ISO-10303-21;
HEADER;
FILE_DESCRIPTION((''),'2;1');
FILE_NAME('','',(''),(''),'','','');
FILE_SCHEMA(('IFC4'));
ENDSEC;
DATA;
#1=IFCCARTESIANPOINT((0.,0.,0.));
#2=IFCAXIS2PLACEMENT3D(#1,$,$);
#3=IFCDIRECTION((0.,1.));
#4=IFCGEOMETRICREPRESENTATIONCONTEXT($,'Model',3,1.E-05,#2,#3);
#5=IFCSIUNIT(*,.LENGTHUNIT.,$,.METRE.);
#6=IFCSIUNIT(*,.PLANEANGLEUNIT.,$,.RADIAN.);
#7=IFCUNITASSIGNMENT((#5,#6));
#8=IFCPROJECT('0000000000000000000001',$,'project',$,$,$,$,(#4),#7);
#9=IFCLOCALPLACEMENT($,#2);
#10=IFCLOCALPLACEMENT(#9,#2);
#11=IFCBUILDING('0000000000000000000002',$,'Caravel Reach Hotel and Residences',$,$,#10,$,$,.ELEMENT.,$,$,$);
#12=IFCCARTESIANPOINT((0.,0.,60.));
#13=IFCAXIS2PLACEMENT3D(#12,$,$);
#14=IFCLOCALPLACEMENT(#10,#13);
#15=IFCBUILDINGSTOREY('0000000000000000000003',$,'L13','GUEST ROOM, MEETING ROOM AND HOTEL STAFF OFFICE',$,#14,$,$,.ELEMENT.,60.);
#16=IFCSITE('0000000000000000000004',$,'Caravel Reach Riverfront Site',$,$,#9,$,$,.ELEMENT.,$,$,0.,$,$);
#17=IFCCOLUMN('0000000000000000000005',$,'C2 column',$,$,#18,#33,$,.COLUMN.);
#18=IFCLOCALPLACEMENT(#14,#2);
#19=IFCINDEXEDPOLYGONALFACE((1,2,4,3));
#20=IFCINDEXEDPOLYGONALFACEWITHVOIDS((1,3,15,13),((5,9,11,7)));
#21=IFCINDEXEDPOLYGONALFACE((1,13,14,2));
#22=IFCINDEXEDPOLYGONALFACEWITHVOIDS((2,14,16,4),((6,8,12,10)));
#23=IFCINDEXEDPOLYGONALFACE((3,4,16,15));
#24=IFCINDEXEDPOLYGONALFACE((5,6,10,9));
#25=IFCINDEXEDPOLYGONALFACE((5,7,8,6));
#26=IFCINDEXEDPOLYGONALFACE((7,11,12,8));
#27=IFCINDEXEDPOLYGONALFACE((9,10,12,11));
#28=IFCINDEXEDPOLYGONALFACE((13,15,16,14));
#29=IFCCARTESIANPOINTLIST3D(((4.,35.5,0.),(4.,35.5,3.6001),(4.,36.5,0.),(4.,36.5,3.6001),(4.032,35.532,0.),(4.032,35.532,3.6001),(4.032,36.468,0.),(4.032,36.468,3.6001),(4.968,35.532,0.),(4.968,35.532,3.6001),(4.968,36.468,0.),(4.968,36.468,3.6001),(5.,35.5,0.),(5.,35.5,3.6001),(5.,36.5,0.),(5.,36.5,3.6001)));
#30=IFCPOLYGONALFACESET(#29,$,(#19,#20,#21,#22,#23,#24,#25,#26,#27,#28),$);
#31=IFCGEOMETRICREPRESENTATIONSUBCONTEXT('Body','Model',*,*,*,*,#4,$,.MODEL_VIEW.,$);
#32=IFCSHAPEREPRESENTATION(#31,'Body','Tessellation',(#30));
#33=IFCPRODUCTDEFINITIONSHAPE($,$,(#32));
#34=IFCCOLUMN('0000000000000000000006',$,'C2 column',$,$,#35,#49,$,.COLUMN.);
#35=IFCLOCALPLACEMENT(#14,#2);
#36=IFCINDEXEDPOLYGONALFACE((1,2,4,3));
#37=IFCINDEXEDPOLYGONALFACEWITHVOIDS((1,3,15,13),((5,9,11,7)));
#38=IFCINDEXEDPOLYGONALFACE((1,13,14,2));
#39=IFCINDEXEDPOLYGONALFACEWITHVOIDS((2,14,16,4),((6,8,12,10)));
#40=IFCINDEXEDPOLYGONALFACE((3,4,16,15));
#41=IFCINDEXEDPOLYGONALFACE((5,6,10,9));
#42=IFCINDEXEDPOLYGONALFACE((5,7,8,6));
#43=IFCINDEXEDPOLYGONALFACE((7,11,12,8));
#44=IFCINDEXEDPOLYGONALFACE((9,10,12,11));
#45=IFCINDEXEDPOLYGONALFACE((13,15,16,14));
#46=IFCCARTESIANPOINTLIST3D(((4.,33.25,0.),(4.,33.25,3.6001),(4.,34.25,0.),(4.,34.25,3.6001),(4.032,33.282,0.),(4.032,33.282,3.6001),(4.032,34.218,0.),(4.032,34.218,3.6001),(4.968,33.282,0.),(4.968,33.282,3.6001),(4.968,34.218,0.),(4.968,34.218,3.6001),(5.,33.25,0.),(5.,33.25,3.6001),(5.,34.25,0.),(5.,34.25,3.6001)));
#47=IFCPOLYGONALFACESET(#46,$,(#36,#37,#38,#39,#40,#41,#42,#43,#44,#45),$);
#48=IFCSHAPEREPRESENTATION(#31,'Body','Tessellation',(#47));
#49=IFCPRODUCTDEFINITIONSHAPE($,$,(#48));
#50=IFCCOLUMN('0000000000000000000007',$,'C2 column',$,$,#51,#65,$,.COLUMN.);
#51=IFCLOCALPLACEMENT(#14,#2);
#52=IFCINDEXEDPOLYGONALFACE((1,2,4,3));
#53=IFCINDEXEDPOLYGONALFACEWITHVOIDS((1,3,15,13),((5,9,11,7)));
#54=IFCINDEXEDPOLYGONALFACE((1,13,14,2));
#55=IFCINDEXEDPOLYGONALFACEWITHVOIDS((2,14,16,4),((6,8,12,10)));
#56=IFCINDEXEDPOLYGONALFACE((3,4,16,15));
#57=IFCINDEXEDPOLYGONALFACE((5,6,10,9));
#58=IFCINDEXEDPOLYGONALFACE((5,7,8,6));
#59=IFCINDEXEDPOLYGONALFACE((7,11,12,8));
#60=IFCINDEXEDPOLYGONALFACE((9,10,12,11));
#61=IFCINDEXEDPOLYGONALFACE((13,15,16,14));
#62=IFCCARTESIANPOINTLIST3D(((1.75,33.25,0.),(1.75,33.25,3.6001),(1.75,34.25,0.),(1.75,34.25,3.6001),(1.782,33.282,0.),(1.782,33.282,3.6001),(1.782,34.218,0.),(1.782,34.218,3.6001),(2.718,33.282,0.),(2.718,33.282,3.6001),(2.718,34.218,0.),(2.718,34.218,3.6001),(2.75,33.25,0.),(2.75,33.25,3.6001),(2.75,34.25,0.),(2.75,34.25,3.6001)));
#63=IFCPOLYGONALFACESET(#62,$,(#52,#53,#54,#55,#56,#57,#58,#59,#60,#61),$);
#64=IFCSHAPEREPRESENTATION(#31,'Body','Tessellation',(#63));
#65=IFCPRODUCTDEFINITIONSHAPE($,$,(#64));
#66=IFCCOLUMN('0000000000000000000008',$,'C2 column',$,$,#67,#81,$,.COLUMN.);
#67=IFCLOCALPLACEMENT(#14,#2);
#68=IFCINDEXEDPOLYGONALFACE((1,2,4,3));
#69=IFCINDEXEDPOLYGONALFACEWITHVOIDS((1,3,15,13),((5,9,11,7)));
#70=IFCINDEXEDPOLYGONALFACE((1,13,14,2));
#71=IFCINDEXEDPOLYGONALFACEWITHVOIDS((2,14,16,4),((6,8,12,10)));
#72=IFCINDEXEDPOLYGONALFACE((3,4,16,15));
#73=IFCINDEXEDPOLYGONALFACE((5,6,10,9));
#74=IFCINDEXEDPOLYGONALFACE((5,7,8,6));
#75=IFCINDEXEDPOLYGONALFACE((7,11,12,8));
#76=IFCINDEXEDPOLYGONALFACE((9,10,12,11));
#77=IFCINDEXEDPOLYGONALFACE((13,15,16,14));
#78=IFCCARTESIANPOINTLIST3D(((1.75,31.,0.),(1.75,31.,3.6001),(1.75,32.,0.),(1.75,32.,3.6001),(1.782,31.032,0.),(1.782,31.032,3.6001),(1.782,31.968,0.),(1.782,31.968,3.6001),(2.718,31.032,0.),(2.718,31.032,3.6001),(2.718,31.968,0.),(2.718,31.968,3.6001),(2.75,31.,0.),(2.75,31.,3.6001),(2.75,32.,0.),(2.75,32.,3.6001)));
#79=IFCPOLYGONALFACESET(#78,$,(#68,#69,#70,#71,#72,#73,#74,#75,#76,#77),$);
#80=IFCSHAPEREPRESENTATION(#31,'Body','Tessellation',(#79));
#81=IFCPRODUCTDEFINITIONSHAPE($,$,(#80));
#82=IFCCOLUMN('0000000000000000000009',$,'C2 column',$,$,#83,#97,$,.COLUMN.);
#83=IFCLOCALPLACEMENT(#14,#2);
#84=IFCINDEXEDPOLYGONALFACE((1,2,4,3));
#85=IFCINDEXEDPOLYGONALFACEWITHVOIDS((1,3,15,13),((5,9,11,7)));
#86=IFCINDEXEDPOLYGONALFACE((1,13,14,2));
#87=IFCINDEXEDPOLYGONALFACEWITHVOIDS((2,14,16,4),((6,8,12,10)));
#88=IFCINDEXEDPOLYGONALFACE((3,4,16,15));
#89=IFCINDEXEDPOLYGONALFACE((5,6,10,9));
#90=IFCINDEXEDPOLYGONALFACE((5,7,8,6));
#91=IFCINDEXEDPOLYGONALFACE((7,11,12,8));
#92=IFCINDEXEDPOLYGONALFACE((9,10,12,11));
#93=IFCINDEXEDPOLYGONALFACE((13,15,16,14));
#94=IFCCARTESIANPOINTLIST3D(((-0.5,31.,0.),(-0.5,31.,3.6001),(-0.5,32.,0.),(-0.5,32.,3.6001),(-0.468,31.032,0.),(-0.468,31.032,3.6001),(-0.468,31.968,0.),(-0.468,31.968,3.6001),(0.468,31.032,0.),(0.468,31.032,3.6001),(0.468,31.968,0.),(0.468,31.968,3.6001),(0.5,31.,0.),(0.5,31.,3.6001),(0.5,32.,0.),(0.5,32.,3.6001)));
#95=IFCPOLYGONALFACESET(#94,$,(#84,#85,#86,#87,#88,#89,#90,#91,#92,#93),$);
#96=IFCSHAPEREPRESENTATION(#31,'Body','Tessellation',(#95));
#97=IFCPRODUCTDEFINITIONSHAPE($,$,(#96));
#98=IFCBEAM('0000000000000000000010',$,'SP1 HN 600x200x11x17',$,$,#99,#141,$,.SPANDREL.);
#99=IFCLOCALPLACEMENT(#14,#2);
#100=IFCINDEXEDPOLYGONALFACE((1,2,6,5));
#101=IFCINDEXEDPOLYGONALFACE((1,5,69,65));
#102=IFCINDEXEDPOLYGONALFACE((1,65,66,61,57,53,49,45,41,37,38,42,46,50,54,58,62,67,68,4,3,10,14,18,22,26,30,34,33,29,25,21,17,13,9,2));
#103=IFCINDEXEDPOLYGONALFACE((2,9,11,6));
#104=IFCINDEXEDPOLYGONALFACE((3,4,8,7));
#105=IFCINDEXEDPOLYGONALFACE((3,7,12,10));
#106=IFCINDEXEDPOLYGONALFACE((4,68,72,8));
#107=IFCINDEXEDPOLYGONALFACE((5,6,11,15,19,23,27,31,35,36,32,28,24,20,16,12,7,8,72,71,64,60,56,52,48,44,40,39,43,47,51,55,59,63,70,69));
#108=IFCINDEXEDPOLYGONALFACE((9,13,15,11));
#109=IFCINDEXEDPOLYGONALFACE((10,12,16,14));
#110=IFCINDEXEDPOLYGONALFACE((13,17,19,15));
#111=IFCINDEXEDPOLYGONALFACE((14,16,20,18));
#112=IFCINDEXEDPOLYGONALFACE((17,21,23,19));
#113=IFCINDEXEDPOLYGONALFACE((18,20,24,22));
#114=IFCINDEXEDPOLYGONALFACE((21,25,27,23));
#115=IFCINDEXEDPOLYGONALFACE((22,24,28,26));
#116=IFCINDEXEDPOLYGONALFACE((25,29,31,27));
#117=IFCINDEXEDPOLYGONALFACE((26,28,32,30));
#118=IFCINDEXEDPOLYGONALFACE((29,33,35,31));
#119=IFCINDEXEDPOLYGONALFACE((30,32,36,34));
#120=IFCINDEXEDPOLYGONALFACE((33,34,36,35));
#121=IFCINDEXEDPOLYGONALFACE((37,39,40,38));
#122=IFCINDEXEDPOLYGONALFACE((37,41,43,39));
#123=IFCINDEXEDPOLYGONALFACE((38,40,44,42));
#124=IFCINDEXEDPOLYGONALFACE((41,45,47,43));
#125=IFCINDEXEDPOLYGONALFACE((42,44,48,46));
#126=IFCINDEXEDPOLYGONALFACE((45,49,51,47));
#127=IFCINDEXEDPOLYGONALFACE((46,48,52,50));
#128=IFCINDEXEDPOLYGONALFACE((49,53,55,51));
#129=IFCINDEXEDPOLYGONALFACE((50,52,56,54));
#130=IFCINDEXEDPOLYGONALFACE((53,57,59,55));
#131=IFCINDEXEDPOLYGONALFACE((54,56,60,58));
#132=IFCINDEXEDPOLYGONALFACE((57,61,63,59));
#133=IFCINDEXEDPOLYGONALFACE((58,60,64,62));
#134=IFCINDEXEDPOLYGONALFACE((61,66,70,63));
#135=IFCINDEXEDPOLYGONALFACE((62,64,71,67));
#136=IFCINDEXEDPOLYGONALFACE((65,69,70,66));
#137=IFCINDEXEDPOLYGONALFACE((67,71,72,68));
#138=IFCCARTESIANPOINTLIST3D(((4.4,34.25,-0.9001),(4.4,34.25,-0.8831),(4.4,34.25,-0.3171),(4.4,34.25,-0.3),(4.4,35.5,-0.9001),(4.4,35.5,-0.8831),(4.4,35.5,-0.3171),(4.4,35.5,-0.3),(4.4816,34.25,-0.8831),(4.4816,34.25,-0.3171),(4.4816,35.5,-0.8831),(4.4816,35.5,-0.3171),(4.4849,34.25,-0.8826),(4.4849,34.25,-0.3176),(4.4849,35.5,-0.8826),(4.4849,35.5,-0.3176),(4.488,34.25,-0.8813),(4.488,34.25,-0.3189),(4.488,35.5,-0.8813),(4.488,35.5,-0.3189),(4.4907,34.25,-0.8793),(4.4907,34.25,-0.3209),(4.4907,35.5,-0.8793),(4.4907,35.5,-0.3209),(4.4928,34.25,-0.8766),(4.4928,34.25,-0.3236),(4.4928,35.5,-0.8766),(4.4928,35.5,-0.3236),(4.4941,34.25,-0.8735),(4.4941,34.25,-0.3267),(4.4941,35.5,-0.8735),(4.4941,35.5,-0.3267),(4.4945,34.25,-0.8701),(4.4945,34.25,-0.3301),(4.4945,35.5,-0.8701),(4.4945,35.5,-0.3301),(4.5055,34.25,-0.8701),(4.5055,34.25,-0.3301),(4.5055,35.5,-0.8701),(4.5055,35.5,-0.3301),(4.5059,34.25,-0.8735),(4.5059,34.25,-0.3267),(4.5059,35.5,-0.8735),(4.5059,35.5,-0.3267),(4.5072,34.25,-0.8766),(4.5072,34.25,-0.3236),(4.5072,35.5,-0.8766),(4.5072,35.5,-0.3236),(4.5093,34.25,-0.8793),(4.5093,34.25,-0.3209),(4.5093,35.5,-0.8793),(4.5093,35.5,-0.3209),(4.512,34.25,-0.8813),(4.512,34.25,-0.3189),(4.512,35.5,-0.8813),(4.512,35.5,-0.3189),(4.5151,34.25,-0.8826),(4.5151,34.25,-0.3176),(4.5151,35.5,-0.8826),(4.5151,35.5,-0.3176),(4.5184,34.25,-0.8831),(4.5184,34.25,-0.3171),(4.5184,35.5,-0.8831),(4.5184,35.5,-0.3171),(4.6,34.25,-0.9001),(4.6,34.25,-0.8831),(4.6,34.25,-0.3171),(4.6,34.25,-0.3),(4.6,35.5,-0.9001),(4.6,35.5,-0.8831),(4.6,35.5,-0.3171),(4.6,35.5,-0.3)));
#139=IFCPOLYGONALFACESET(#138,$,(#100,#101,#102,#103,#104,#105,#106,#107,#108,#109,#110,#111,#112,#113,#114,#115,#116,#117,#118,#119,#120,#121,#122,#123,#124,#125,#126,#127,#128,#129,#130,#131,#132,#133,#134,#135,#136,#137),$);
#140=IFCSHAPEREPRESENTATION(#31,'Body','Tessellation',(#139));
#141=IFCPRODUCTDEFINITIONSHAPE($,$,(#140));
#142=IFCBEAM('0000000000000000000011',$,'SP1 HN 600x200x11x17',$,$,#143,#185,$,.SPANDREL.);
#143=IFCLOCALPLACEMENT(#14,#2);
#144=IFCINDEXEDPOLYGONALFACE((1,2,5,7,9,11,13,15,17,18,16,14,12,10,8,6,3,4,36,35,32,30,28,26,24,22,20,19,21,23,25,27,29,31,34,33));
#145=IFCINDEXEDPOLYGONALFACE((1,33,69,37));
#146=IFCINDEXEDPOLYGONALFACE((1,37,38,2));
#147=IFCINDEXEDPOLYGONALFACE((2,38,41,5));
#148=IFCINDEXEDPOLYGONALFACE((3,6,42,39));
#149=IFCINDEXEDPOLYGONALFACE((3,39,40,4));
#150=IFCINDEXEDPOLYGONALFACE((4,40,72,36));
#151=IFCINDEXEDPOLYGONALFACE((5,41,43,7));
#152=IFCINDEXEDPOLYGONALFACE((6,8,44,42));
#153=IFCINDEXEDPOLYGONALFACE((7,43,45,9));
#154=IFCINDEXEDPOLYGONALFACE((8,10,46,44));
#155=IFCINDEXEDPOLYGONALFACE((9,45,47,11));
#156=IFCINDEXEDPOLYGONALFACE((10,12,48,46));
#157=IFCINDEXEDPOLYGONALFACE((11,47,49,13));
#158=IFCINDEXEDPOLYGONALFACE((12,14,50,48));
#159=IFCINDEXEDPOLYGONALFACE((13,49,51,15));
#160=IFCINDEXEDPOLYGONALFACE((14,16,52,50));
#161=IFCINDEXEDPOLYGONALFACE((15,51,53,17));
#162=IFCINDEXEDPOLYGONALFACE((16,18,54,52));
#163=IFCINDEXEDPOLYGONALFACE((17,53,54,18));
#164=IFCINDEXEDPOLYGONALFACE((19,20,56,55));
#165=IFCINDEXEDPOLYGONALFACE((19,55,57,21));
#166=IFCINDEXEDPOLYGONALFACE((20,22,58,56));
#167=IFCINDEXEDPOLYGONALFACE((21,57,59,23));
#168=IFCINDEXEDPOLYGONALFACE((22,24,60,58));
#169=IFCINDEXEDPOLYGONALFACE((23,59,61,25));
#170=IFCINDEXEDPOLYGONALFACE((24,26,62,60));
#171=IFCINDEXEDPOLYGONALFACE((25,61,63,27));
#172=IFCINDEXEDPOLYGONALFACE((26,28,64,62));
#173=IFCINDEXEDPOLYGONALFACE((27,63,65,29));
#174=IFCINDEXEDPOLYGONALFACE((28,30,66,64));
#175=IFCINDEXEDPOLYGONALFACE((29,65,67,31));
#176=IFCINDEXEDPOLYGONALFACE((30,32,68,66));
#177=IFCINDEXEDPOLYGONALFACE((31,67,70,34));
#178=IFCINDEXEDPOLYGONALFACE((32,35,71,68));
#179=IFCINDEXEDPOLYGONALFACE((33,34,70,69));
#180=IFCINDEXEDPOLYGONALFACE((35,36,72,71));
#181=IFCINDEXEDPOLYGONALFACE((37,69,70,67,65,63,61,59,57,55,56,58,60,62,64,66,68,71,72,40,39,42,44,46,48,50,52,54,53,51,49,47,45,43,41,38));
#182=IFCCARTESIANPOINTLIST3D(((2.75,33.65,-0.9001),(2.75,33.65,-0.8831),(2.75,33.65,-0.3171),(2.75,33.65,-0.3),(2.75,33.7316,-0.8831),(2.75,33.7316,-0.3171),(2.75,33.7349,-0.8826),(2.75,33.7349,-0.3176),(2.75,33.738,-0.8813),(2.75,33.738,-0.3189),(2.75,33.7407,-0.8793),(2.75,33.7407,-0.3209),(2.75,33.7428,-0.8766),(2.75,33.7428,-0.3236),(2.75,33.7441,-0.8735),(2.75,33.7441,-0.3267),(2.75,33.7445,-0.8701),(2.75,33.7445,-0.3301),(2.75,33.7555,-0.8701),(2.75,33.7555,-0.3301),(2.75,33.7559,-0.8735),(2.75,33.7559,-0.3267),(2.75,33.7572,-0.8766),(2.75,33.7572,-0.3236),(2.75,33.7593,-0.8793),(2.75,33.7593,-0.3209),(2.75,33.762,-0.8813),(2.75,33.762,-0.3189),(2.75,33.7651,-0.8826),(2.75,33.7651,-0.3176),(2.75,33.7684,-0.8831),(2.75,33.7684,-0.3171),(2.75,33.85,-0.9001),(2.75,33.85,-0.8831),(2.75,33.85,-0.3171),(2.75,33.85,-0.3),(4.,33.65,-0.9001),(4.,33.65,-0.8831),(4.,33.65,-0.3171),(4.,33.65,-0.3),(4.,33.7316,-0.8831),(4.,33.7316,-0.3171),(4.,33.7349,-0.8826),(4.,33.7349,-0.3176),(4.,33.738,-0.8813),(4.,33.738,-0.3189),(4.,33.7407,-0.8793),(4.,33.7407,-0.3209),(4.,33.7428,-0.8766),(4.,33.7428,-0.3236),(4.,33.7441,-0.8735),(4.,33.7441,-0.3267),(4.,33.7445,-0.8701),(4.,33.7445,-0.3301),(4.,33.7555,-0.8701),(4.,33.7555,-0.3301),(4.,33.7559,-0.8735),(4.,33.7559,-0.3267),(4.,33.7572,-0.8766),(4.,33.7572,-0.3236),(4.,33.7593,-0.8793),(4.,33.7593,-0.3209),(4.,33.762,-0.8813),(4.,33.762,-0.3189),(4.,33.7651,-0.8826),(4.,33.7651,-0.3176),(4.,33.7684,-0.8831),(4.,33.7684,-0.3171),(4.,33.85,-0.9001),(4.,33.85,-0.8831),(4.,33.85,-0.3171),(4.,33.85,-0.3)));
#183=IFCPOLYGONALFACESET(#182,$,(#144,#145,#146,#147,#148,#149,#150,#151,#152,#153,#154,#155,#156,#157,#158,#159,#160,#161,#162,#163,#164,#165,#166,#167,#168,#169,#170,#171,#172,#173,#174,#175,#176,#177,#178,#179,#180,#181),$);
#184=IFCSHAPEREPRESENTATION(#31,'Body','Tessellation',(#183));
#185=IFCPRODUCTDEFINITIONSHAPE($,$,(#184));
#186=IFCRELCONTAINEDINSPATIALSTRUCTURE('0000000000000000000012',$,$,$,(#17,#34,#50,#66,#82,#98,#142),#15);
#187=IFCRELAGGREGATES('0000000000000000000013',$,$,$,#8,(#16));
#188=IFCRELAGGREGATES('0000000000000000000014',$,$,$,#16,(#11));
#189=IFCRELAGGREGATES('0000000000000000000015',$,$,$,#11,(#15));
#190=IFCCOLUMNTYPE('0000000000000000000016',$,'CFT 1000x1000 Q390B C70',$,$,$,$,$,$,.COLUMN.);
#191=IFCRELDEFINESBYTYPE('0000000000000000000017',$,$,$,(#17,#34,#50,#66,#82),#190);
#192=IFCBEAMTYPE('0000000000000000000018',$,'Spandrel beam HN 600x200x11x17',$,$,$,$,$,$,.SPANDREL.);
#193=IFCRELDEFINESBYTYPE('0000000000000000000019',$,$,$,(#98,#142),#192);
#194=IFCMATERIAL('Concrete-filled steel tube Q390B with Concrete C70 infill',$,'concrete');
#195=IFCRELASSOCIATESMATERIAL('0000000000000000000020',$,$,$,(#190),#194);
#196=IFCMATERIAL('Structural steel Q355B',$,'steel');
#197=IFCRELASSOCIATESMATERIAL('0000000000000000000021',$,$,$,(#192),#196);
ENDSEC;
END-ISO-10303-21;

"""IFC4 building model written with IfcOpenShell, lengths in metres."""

from ifc_helpers import new_model, si_unit, direction, frame, origin, origin_2d, place, context, subcontext, project, spatial, hollow_rectangle, i_section, extrude, material, material_profile, profile_set, type_object, element, save


model = new_model("IFC4")

# Units and contexts
model_context = context("Model", 3, precision=1e-05, world=origin(), true_north=direction((0.0, 1.0)))
body_context = subcontext(model_context, "Body", "Model", "MODEL_VIEW")
ifc_project = project(units=[si_unit("LENGTHUNIT", "METRE"), si_unit("PLANEANGLEUNIT", "RADIAN")], contexts=[model_context])

# Site, building, storey
site_placement = place(None, origin())
site = spatial("IfcSite", under=ifc_project, at=site_placement, Name="Caravel Reach Riverfront Site", CompositionType="ELEMENT", RefElevation=0.0)
building_placement = place(site_placement, origin())
building = spatial("IfcBuilding", under=site, at=building_placement, Name="Caravel Reach Hotel and Residences", CompositionType="ELEMENT")
storey_placement = place(building_placement, frame((0.0, 0.0, 60.0)))
storey = spatial("IfcBuildingStorey", under=building, at=storey_placement, Name="L13", Description="GUEST ROOM, MEETING ROOM AND HOTEL STAFF OFFICE", CompositionType="ELEMENT", Elevation=60.0)

# Columns
ifc_material_1 = material(Name="Concrete-filled steel tube Q390B with Concrete C70 infill", Category="concrete")
ifc_material_profile_1 = material_profile(ifc_material_1, hollow_rectangle(XDim=1.0, YDim=1.0, WallThickness=0.032, at=origin_2d()), Name="RHS 1000x1000x32")
ifc_profile_set_1 = profile_set([ifc_material_profile_1], Name="Concrete-filled steel tube Q390B with Concrete C70 infill")
column_type = type_object("IfcColumnType", Name="CFT 1000x1000 Q390B C70", PredefinedType="COLUMN", material=ifc_profile_set_1)
for number, where, z_axis, x_axis, name in (
    (1, (4.5, 36.0, 0.0), (0.0, 0.0, 1.0), (1.0, 0.0, 0.0), "C2 column"),
    (2, (4.5, 33.75, 0.0), (0.0, 0.0, 1.0), (1.0, 0.0, 0.0), "C2 column"),
    (3, (2.25, 33.75, 0.0), (0.0, 0.0, 1.0), (1.0, 0.0, 0.0), "C2 column"),
    (4, (2.25, 31.5, 0.0), (0.0, 0.0, 1.0), (1.0, 0.0, 0.0), "C2 column"),
    (5, (0.0, 31.5, 0.0), (0.0, 0.0, 1.0), (1.0, 0.0, 0.0), "C2 column"),
):
    element("IfcColumn", number, at=place(storey_placement, frame(where, z_axis=z_axis, x_axis=x_axis)), inside=storey, type_object=column_type, Name=name, PredefinedType="COLUMN", context=body_context, shape_type="SweptSolid", body=[
        extrude(hollow_rectangle(XDim=1.0, YDim=1.0, WallThickness=0.032, at=origin_2d()), origin(), (0.0, 0.0, 1.0), 3.6001),
    ])

# Beams
ifc_material_2 = material(Name="Structural steel Q355B", Category="steel")
ifc_material_profile_2 = material_profile(ifc_material_2, i_section(OverallWidth=0.2, OverallDepth=0.6001, WebThickness=0.011, FlangeThickness=0.0171, FilletRadius=0.0129, at=origin_2d()), Name="HN 600x200x11x17")
ifc_profile_set_2 = profile_set([ifc_material_profile_2], Name="Structural steel Q355B")
beam_type = type_object("IfcBeamType", Name="Spandrel beam HN 600x200x11x17", PredefinedType="SPANDREL", material=ifc_profile_set_2)
for number, where, z_axis, x_axis, name in (
    (6, (4.5, 35.5, -0.6001), (0.0, -1.0, 0.0), (1.0, 0.0, 0.0), "SP1 HN 600x200x11x17"),
    (7, (4.0, 33.75, -0.6001), (-1.0, 0.0, 0.0), (0.0, -1.0, 0.0), "SP1 HN 600x200x11x17"),
):
    element("IfcBeam", number, at=place(storey_placement, frame(where, z_axis=z_axis, x_axis=x_axis)), inside=storey, type_object=beam_type, Name=name, PredefinedType="SPANDREL", context=body_context, shape_type="SweptSolid", body=[
        extrude(i_section(OverallWidth=0.2, OverallDepth=0.6001, WebThickness=0.011, FlangeThickness=0.0171, FilletRadius=0.0129, at=origin_2d()), origin(), (0.0, 0.0, 1.0), 1.25),
    ])

save(model, "model.ifc")
